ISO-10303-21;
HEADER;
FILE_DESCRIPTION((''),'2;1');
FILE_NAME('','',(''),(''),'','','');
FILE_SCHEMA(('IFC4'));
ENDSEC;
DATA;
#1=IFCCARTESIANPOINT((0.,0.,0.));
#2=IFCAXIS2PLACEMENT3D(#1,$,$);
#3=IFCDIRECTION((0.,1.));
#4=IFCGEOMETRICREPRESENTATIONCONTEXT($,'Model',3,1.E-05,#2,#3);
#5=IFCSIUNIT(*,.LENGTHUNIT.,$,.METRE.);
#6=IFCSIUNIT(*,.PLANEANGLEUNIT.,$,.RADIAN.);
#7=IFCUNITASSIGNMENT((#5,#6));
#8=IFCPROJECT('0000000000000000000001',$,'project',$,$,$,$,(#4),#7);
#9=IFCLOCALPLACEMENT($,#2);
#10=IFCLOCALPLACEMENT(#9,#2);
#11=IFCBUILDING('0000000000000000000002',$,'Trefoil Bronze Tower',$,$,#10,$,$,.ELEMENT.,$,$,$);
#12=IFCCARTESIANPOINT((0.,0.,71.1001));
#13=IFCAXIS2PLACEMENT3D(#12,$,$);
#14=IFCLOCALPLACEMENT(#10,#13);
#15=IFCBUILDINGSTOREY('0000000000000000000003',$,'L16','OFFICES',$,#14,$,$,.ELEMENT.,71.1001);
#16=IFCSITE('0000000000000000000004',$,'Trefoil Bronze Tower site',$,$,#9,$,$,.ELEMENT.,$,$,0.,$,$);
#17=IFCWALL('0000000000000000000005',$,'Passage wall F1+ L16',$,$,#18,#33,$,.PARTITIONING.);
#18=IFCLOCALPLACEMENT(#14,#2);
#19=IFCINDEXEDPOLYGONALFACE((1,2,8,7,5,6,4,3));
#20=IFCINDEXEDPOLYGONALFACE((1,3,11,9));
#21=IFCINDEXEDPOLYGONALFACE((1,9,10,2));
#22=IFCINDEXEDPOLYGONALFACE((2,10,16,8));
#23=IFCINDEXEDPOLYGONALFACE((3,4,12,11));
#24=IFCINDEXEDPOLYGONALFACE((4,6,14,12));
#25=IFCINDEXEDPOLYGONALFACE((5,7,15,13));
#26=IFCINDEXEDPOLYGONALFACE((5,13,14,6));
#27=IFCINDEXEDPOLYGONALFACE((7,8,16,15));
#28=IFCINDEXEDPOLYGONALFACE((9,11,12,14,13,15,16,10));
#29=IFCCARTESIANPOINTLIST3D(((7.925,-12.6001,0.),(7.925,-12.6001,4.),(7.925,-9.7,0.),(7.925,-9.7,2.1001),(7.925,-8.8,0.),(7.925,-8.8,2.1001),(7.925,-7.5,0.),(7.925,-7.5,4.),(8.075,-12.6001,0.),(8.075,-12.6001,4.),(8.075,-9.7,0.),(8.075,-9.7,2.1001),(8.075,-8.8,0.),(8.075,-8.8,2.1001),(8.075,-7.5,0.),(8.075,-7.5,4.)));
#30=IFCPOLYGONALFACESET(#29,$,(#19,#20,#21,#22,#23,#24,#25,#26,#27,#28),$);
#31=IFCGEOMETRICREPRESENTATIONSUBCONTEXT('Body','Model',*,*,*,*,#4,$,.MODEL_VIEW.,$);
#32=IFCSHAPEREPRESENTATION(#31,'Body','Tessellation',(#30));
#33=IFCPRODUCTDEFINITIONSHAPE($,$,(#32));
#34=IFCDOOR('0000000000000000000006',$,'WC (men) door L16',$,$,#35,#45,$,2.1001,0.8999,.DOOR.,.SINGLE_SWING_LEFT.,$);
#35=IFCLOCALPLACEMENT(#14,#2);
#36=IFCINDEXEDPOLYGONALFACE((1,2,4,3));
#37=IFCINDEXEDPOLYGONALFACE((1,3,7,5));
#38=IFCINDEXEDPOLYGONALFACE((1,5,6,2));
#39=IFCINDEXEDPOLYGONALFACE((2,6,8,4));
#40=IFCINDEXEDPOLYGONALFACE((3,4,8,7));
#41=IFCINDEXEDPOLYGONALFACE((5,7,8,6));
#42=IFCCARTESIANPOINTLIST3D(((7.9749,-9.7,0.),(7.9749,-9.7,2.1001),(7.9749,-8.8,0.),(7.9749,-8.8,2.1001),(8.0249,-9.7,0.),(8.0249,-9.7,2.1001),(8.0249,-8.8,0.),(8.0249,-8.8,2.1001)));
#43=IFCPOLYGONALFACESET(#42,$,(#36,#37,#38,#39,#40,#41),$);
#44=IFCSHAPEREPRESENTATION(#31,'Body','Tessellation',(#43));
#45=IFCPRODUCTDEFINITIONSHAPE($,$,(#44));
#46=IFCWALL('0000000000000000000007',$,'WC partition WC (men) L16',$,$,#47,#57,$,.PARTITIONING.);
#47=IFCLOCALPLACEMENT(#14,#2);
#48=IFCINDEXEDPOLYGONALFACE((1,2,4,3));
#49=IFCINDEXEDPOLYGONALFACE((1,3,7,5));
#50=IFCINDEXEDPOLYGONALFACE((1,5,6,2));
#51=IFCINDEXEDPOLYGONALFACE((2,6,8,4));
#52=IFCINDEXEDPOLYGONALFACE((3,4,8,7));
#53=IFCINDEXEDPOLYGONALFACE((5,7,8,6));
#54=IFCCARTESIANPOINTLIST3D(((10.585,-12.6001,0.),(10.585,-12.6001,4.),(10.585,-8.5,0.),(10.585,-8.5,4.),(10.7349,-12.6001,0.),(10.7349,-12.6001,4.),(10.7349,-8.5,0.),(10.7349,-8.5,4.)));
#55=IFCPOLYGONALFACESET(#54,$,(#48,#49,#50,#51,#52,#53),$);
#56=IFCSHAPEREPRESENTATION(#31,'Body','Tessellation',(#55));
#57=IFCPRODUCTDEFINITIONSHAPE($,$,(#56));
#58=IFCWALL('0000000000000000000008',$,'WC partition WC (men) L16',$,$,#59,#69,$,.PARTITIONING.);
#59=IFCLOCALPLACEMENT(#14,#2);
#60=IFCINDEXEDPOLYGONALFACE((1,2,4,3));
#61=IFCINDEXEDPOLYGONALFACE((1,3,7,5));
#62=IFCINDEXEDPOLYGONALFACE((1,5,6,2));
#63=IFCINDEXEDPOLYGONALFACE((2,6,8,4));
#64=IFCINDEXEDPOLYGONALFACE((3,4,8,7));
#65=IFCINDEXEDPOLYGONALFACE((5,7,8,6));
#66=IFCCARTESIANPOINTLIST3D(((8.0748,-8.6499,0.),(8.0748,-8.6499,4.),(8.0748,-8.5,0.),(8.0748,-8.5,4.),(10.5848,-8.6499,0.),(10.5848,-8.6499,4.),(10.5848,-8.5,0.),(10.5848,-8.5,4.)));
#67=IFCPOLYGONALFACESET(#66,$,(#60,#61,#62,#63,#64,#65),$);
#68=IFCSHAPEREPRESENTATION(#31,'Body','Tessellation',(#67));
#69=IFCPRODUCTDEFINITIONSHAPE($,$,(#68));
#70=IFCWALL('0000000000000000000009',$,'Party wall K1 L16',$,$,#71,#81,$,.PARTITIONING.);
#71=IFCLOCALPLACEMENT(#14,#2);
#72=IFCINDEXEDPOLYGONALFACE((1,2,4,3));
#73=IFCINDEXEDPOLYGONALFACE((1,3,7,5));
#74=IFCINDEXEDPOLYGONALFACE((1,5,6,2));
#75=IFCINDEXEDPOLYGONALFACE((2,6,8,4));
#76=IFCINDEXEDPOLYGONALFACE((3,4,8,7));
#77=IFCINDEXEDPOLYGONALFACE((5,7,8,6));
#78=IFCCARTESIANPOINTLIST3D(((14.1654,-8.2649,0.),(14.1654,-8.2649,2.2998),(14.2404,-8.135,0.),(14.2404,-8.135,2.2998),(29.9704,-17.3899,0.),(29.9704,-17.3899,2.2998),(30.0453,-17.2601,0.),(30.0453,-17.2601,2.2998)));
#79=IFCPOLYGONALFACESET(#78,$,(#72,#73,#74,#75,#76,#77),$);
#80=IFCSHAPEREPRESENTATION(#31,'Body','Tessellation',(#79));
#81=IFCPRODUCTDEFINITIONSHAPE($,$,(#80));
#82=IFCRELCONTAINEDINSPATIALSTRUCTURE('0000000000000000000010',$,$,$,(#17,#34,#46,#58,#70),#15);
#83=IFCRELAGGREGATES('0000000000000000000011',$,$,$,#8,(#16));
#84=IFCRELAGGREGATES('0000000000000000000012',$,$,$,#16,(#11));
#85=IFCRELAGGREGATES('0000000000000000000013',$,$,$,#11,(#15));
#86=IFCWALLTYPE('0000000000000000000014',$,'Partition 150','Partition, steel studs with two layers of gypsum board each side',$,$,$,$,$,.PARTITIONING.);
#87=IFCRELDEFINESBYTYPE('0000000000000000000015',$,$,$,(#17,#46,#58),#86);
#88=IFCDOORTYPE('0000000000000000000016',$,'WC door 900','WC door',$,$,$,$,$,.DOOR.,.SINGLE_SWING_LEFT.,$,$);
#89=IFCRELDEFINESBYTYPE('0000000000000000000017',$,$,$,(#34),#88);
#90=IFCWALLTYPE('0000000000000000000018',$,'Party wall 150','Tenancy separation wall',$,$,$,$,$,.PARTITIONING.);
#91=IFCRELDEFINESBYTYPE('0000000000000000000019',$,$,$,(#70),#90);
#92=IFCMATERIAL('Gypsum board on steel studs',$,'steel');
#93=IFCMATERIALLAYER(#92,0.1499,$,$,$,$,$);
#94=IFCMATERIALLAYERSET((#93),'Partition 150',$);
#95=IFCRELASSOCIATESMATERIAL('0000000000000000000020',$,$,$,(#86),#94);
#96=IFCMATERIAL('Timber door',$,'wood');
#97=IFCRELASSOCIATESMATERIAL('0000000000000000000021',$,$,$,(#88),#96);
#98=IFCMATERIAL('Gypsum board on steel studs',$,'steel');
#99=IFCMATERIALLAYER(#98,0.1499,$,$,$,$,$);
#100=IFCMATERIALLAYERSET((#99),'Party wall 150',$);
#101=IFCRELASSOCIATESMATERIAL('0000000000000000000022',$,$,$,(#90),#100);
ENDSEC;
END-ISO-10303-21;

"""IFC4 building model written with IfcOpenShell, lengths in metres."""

from ifc_helpers import new_model, si_unit, direction, frame, frame_2d, origin, place, context, subcontext, project, spatial, rectangle, extrude, material, layer, layer_set, type_object, element, fill, save


model = new_model("IFC4")

# Units and contexts
model_context = context("Model", 3, precision=1e-05, world=origin(), true_north=direction((0.0, 1.0)))
body_context = subcontext(model_context, "Body", "Model", "MODEL_VIEW")
ifc_project = project(units=[si_unit("LENGTHUNIT", "METRE"), si_unit("PLANEANGLEUNIT", "RADIAN")], contexts=[model_context])

# Site, building, storey
site_placement = place(None, origin())
site = spatial("IfcSite", under=ifc_project, at=site_placement, Name="Trefoil Bronze Tower site", CompositionType="ELEMENT", RefElevation=0.0)
building_placement = place(site_placement, origin())
building = spatial("IfcBuilding", under=site, at=building_placement, Name="Trefoil Bronze Tower", CompositionType="ELEMENT")
storey_placement = place(building_placement, frame((0.0, 0.0, 71.1001)))
storey = spatial("IfcBuildingStorey", under=building, at=storey_placement, Name="L16", Description="OFFICES", CompositionType="ELEMENT", Elevation=71.1001)

# Wall, opening, door
ifc_material_1 = material(Name="Gypsum board on steel studs", Category="steel")
ifc_layer_1 = layer(ifc_material_1, 0.1499)
ifc_layer_set_1 = layer_set([ifc_layer_1], Name="Partition 150")
wall_type_1 = type_object("IfcWallType", Name="Partition 150", Description="Partition, steel studs with two layers of gypsum board each side", PredefinedType="PARTITIONING", material=ifc_layer_set_1)
wall_1_placement = place(storey_placement, frame((8.0, -7.5, 0.0), z_axis=(0.0, 0.0, 1.0), x_axis=(0.0, -1.0, 0.0)))
wall_1 = element("IfcWall", 1, at=wall_1_placement, inside=storey, type_object=wall_type_1, Name="Passage wall F1+ L16", PredefinedType="PARTITIONING", context=body_context, shape_type="SweptSolid", body=[
    extrude(rectangle(XDim=5.1001, YDim=0.1499, at=frame_2d((2.55, 0.0))), origin(), (0.0, 0.0, 1.0), 4.0),
])
opening_1_placement = place(wall_1_placement, frame((1.3, 0.0, 0.0)))
opening_1 = element("IfcOpeningElement", 2, at=opening_1_placement, cuts=wall_1, PredefinedType="OPENING", context=body_context, shape_type="SweptSolid", body=[
    extrude(rectangle(XDim=0.8999, YDim=2.1001, at=frame_2d((0.45, 1.05))), frame((0.0, 0.085, 0.0), z_axis=(0.0, -1.0, 0.0), x_axis=(1.0, 0.0, 0.0)), (0.0, 0.0, 1.0), 0.1699),
])
ifc_material_2 = material(Name="Timber door", Category="wood")
door_type_1 = type_object("IfcDoorType", Name="WC door 900", Description="WC door", OperationType="SINGLE_SWING_LEFT", PredefinedType="DOOR", material=ifc_material_2)
door_1_placement = place(opening_1_placement, origin())
door_1 = element("IfcDoor", 3, at=door_1_placement, inside=storey, type_object=door_type_1, Name="WC (men) door L16", OperationType="SINGLE_SWING_LEFT", OverallHeight=2.1001, OverallWidth=0.8999, PredefinedType="DOOR", context=body_context, shape_type="SweptSolid", body=[
    extrude(rectangle(XDim=0.8999, YDim=2.1001, at=frame_2d((0.45, 1.05))), frame((0.0, 0.0249, 0.0), z_axis=(0.0, -1.0, 0.0), x_axis=(1.0, 0.0, 0.0)), (0.0, 0.0, 1.0), 0.05),
])
fill(opening_1, door_1)

# Walls
wall_2_placement = place(storey_placement, frame((10.6599, -8.5, 0.0), z_axis=(0.0, 0.0, 1.0), x_axis=(0.0, -1.0, 0.0)))
element("IfcWall", 4, at=wall_2_placement, inside=storey, type_object=wall_type_1, Name="WC partition WC (men) L16", PredefinedType="PARTITIONING", context=body_context, shape_type="SweptSolid", body=[
    extrude(rectangle(XDim=4.1001, YDim=0.1499, at=frame_2d((2.05, 0.0))), origin(), (0.0, 0.0, 1.0), 4.0),
])
wall_3_placement = place(storey_placement, frame((8.075, -8.575, 0.0), z_axis=(0.0, 0.0, 1.0), x_axis=(1.0, 0.0, 0.0)))
element("IfcWall", 5, at=wall_3_placement, inside=storey, type_object=wall_type_1, Name="WC partition WC (men) L16", PredefinedType="PARTITIONING", context=body_context, shape_type="SweptSolid", body=[
    extrude(rectangle(XDim=2.51, YDim=0.1499, at=frame_2d((1.2549, 0.0))), origin(), (0.0, 0.0, 1.0), 4.0),
])
ifc_material_3 = material(Name="Gypsum board on steel studs", Category="steel")
ifc_layer_2 = layer(ifc_material_3, 0.1499)
ifc_layer_set_2 = layer_set([ifc_layer_2], Name="Party wall 150")
wall_type_2 = type_object("IfcWallType", Name="Party wall 150", Description="Tenancy separation wall", PredefinedType="PARTITIONING", material=ifc_layer_set_2)
wall_4_placement = place(storey_placement, frame((14.2029, -8.2, 0.0), z_axis=(0.0, 0.0, 1.0), x_axis=(0.866025, -0.500001, 0.0)))
element("IfcWall", 6, at=wall_4_placement, inside=storey, type_object=wall_type_2, Name="Party wall K1 L16", PredefinedType="PARTITIONING", context=body_context, shape_type="SweptSolid", body=[
    extrude(rectangle(XDim=18.25, YDim=0.1499, at=frame_2d((9.125, 0.0))), origin(), (0.0, 0.0, 1.0), 2.2998),
])

save(model, "model.ifc")
